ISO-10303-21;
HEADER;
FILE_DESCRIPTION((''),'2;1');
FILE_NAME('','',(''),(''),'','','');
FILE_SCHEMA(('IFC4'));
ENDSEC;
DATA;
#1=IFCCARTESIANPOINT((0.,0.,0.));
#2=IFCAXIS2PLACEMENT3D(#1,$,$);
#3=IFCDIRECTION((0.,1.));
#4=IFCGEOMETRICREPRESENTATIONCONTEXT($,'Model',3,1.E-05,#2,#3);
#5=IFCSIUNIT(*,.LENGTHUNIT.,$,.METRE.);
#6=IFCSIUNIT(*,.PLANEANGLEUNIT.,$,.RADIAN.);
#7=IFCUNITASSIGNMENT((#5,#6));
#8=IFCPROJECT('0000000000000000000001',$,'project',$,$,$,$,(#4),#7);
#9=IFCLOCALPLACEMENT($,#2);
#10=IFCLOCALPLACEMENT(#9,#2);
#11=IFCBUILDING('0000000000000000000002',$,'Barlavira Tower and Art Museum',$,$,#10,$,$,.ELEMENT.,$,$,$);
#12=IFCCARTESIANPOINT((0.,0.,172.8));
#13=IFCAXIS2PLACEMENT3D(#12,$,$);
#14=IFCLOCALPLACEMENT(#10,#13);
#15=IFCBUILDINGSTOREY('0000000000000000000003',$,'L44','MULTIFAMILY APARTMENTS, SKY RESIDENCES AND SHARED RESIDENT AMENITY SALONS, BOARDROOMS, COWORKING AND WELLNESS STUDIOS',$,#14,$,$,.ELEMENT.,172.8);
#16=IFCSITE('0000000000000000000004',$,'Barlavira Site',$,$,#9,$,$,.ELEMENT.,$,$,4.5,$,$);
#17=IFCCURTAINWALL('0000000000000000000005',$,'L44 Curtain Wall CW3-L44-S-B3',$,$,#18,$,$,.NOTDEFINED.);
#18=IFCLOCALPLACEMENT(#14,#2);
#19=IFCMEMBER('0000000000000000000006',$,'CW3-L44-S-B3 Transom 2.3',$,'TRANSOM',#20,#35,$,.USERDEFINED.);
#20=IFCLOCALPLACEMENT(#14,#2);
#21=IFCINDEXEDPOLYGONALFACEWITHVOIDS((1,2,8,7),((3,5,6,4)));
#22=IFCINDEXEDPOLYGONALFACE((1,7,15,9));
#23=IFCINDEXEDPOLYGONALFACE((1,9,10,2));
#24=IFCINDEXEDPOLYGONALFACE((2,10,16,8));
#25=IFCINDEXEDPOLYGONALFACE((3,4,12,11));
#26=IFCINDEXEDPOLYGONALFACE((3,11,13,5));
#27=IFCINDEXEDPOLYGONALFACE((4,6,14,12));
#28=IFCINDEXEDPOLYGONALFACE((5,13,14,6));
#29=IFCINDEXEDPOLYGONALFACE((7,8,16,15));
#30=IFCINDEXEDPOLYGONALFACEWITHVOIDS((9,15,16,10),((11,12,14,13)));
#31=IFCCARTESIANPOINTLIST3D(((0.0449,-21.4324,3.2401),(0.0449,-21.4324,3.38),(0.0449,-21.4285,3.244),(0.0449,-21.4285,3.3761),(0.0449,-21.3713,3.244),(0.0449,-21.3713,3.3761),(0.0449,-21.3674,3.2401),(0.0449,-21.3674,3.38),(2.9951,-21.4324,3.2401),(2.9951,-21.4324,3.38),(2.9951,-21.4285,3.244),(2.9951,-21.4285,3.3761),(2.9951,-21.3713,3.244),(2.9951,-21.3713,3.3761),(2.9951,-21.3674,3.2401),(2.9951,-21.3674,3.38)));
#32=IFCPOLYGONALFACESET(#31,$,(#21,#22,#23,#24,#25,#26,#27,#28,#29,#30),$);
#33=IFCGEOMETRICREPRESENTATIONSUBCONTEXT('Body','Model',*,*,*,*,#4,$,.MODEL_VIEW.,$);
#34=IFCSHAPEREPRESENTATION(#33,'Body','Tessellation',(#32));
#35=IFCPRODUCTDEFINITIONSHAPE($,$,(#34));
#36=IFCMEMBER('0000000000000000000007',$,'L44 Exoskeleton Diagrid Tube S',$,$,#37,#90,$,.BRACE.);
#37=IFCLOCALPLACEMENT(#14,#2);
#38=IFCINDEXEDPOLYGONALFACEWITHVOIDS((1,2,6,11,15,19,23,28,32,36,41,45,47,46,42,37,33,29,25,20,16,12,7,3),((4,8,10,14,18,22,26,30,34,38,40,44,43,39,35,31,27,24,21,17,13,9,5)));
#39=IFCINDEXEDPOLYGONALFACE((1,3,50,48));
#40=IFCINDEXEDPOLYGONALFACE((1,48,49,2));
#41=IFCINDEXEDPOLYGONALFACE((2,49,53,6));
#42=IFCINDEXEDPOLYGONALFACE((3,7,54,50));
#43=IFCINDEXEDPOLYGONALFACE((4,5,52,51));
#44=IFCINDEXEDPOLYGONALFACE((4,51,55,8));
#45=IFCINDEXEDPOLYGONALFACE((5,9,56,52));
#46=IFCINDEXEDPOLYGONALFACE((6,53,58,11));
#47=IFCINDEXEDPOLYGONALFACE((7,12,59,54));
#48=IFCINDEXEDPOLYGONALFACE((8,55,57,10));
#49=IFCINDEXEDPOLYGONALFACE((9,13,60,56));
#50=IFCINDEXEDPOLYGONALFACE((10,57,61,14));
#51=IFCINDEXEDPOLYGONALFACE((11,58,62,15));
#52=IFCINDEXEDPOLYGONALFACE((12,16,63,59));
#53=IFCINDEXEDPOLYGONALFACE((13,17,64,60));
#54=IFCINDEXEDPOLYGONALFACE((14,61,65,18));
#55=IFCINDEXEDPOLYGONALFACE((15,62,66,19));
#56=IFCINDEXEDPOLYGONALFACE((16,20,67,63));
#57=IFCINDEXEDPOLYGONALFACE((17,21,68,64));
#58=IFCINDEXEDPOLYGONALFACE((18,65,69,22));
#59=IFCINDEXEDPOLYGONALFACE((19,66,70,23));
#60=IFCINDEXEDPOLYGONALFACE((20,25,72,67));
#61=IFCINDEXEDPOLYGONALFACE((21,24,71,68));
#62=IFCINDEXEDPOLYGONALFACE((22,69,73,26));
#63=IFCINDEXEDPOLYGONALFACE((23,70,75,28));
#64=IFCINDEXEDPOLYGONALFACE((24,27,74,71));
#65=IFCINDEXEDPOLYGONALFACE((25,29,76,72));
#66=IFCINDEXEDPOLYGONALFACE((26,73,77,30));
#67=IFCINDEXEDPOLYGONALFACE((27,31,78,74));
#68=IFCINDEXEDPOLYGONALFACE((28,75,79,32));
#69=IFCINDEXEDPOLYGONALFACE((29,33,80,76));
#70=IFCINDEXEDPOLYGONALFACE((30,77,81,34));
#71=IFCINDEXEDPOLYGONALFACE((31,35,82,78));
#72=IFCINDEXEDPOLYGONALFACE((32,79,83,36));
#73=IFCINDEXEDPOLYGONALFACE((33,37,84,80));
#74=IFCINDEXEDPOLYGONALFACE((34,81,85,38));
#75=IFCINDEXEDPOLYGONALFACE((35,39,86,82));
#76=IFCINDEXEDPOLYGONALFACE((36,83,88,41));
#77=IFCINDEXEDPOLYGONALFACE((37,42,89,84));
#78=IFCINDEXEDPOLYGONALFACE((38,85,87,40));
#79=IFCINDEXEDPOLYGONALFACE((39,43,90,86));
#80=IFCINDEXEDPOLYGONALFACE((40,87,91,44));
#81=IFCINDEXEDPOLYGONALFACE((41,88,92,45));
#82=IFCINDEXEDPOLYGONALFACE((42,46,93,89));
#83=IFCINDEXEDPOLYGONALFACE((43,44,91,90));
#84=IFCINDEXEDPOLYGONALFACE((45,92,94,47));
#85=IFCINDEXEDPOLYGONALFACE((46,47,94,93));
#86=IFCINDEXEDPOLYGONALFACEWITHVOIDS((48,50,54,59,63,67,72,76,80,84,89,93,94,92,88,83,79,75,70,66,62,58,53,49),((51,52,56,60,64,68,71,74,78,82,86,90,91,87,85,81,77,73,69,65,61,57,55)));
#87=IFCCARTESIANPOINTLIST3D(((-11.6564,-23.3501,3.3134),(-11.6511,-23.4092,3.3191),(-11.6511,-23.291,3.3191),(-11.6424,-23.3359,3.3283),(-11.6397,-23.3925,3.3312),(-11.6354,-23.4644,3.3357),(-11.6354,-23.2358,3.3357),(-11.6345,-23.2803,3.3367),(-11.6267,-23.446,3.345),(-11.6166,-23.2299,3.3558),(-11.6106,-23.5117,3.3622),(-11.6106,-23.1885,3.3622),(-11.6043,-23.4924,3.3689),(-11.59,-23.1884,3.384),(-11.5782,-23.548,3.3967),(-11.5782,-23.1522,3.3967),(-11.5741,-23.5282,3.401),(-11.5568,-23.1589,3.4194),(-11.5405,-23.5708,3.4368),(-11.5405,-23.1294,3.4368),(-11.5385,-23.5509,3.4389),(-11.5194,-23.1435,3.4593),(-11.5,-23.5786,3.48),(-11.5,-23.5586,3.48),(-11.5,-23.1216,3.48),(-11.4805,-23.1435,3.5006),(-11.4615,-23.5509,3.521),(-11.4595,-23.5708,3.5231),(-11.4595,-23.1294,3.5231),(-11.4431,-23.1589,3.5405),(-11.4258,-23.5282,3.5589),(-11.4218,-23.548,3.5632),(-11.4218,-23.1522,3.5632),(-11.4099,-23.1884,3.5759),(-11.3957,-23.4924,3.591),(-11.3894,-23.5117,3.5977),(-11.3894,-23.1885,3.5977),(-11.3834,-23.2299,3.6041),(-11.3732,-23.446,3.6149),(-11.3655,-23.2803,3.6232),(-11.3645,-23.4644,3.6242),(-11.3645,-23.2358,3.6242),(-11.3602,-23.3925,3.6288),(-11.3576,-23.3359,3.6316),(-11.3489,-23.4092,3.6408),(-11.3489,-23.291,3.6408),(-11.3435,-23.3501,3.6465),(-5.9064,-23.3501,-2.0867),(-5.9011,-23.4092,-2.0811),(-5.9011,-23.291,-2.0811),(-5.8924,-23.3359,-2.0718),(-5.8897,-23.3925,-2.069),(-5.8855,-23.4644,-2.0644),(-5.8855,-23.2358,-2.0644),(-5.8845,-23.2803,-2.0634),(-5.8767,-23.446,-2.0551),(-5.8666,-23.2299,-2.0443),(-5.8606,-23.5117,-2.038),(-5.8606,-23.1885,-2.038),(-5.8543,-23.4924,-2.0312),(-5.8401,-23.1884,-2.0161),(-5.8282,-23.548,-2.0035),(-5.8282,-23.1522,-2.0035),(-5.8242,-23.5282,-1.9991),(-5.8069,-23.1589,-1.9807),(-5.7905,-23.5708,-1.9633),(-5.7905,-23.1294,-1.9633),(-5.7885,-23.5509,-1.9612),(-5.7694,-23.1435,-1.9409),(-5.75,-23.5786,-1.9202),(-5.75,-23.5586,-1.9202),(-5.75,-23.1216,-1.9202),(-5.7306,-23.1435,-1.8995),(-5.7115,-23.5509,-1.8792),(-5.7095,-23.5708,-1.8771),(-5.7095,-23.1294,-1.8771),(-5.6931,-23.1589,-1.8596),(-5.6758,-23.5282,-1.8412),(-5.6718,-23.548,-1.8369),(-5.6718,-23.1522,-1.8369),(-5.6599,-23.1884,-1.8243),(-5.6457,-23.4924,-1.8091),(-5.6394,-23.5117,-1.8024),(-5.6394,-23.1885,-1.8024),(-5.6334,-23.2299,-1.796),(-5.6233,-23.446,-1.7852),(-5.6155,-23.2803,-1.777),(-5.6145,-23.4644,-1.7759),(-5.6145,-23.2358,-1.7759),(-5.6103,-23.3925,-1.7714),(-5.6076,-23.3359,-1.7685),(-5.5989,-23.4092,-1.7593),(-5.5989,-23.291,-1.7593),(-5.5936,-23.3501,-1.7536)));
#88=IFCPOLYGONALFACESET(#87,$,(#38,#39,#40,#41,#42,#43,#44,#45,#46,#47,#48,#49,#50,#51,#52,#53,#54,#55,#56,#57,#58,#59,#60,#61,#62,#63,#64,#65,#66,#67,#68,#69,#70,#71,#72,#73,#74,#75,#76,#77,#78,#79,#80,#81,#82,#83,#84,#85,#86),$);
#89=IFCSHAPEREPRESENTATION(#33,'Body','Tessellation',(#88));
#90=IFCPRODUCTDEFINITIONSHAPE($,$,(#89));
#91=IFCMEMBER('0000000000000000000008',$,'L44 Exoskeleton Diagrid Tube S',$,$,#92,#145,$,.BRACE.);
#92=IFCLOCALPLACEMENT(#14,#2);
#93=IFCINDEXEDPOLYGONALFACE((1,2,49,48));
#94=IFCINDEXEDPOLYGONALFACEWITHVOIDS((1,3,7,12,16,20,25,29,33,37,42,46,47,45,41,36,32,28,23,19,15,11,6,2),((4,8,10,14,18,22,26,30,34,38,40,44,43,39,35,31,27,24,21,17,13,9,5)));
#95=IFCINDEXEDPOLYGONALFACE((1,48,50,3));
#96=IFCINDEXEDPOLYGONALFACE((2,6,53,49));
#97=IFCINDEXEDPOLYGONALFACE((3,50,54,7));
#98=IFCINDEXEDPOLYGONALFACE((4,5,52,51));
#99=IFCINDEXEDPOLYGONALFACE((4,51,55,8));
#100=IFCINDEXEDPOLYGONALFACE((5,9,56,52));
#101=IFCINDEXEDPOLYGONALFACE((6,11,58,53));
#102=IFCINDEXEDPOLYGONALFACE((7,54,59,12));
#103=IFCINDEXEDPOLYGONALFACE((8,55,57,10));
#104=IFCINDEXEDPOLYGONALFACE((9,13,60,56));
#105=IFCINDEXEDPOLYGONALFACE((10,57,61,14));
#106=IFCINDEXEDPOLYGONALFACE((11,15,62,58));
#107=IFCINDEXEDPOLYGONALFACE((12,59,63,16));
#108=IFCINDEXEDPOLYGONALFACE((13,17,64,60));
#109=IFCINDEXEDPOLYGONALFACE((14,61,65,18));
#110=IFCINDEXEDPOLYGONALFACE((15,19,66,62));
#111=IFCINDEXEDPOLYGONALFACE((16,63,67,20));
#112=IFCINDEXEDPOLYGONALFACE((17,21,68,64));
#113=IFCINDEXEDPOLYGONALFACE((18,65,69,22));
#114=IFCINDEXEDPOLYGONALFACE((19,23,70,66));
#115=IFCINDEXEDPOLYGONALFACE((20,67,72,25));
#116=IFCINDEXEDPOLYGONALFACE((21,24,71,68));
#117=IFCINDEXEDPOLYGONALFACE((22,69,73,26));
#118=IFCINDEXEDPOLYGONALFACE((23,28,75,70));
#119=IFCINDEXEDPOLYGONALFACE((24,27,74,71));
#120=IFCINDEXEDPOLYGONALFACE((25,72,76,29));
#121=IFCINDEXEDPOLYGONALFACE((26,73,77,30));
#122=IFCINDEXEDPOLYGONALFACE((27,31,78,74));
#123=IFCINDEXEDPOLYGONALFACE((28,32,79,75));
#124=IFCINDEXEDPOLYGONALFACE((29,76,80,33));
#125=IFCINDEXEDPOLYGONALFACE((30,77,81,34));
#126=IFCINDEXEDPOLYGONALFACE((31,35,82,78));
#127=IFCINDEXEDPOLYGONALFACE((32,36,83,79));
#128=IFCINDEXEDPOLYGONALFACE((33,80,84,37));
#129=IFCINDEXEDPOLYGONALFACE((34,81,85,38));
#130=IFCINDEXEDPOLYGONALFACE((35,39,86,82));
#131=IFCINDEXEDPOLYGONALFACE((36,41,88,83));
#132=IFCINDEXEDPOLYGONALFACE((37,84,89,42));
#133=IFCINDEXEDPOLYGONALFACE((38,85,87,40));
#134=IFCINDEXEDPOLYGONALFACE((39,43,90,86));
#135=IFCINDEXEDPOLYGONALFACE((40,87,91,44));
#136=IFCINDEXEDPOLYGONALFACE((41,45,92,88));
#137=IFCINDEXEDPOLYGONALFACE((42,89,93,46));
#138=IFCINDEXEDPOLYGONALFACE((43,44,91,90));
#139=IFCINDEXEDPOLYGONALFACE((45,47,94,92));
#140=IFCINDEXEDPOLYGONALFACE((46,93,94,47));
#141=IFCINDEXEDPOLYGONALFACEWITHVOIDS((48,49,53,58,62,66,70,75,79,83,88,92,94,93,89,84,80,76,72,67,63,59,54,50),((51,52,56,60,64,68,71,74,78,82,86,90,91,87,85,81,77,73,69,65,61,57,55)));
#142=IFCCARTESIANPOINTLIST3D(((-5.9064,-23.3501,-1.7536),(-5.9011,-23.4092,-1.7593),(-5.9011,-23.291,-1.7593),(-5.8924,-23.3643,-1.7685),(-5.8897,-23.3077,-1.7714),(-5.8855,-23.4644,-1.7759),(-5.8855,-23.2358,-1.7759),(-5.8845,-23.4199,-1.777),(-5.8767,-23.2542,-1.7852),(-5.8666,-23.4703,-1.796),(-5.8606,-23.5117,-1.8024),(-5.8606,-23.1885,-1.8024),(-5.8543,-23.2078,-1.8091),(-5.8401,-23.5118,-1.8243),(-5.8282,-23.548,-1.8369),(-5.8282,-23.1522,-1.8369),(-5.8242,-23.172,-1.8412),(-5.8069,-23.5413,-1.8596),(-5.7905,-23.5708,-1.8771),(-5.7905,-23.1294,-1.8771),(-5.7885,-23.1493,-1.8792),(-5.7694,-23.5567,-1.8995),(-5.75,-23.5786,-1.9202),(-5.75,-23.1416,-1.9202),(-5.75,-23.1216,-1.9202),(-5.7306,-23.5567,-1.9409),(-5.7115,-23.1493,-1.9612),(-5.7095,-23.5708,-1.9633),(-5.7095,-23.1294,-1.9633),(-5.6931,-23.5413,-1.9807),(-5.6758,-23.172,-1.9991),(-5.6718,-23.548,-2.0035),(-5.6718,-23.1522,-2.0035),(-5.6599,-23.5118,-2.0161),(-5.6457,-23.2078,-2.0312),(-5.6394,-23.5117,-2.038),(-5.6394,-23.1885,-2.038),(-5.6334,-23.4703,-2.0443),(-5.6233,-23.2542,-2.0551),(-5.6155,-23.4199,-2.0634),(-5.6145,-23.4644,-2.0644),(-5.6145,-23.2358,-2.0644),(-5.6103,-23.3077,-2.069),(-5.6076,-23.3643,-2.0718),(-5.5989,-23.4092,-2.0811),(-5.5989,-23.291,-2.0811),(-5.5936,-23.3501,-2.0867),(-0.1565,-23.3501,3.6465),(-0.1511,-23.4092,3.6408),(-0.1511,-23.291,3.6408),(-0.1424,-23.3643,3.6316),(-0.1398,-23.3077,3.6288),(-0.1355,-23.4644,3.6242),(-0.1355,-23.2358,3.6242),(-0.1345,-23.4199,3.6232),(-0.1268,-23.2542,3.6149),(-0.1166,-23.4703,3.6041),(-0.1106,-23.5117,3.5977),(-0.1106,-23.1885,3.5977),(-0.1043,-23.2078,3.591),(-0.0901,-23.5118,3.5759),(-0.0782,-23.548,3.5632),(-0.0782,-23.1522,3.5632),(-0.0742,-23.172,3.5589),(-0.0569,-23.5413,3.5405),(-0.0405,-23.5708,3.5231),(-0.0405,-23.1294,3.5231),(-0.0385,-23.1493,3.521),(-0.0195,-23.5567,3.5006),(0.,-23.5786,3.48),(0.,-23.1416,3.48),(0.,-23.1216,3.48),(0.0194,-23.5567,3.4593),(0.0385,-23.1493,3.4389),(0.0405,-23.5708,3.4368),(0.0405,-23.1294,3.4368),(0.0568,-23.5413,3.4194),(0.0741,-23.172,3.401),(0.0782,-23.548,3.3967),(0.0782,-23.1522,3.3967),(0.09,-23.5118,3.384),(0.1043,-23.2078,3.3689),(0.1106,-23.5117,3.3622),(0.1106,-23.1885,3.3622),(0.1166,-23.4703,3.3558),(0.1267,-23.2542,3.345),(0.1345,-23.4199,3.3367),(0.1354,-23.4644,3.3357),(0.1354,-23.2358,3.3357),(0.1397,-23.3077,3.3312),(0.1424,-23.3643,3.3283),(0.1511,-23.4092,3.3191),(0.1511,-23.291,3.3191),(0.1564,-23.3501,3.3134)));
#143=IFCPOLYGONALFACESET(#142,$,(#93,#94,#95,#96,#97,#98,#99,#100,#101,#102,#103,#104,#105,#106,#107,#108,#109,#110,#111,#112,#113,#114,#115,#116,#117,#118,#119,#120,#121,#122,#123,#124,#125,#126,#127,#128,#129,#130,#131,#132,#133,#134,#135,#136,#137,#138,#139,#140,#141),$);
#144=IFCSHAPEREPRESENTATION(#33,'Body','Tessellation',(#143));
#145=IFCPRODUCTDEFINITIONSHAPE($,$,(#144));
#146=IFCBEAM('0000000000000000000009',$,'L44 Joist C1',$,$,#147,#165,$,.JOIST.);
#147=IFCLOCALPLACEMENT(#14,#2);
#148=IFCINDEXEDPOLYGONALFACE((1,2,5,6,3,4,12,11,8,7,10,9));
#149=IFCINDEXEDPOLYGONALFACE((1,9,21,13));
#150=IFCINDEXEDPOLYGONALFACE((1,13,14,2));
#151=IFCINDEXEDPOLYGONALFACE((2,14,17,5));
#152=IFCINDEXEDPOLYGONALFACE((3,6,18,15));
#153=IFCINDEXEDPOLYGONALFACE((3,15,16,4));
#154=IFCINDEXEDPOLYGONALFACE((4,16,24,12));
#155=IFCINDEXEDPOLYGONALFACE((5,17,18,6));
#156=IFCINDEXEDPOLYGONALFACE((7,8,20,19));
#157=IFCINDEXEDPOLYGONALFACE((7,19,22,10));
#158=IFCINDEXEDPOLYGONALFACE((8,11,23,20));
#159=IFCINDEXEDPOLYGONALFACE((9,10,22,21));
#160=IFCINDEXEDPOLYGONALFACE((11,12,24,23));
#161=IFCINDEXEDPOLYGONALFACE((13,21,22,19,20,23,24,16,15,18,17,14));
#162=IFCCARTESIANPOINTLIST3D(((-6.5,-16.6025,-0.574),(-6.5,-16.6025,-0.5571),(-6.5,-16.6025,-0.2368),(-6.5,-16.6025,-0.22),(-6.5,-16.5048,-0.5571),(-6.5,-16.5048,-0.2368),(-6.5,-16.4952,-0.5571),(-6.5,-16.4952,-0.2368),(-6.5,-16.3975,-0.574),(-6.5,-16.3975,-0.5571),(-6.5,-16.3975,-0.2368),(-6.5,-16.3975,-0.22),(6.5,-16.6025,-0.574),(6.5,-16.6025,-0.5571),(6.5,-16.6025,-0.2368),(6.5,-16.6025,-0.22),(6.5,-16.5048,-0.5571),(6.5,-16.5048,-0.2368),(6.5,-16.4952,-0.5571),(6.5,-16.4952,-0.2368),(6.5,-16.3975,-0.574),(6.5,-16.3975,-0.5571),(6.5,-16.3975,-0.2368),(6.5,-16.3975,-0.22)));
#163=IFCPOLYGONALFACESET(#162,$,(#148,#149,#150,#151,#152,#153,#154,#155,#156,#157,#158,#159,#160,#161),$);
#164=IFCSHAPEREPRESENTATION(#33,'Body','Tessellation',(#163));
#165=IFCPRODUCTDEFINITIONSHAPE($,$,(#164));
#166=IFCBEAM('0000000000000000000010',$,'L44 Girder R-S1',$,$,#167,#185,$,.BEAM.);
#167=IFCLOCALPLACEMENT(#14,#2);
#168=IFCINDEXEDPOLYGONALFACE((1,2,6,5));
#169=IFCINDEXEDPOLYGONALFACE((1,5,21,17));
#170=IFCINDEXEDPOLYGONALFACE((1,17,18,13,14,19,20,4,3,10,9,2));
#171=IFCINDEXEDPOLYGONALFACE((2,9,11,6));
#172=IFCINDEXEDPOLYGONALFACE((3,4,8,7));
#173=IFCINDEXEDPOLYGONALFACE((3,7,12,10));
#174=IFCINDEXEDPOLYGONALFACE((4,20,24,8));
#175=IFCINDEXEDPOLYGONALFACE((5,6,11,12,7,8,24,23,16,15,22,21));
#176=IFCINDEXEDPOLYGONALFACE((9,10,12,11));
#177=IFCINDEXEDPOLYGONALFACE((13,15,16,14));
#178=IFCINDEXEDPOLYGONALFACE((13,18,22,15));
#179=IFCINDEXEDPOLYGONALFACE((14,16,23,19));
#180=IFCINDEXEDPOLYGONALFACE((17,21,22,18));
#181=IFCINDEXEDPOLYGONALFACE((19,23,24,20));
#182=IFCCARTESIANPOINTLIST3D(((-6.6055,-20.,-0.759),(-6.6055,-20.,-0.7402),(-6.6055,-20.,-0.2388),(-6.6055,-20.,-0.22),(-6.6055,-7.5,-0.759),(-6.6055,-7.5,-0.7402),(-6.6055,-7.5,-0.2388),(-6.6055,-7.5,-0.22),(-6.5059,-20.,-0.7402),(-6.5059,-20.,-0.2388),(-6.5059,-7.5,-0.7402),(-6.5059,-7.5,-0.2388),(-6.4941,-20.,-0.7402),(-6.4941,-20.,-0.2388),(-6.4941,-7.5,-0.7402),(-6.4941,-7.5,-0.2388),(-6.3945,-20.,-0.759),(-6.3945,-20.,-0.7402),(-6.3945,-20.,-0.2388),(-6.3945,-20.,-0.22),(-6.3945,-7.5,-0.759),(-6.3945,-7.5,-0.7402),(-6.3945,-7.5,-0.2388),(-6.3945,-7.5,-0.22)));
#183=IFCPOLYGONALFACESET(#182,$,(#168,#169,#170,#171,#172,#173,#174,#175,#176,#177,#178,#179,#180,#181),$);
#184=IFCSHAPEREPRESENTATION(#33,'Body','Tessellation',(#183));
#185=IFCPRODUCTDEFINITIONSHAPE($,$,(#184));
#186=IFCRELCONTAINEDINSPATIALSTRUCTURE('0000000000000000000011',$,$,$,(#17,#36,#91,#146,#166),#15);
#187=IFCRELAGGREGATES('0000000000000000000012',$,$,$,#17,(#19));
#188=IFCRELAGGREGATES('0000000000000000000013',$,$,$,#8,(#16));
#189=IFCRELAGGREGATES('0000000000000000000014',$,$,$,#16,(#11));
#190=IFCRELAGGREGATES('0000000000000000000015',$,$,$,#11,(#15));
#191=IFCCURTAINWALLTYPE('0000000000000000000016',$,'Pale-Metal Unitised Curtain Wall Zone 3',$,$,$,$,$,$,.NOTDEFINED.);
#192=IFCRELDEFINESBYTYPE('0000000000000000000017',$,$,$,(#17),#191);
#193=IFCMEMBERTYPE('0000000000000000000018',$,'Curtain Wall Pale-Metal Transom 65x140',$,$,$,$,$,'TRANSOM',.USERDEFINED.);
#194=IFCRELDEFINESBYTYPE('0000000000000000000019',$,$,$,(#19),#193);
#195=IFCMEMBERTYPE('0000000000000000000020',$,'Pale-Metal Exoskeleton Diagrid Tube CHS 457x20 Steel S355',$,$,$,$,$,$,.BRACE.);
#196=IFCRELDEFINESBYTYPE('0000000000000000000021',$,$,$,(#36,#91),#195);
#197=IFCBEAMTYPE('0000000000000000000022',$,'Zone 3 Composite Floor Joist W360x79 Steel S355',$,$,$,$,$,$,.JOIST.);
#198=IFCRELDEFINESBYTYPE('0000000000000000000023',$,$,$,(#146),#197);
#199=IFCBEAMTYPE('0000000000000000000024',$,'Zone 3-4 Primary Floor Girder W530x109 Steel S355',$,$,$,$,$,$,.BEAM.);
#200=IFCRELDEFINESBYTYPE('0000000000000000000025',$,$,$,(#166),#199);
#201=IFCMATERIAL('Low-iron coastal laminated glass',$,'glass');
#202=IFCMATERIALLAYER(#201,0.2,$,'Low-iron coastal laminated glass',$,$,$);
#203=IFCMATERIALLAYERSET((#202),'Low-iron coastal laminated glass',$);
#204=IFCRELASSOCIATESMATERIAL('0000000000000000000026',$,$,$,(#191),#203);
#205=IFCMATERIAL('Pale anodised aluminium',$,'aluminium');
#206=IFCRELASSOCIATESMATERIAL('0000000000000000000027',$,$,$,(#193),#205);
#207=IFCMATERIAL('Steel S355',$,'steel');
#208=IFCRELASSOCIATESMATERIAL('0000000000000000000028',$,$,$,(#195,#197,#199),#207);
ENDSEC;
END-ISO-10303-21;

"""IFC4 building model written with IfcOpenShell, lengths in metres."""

from ifc_helpers import new_model, si_unit, direction, frame, origin, origin_2d, place, context, subcontext, project, spatial, hollow_rectangle, hollow_circle, i_section, extrude, material, layer, layer_set, material_profile, profile_set, type_object, element, aggregate, save


model = new_model("IFC4")

# Units and contexts
model_context = context("Model", 3, precision=1e-05, world=origin(), true_north=direction((0.0, 1.0)))
body_context = subcontext(model_context, "Body", "Model", "MODEL_VIEW")
ifc_project = project(units=[si_unit("LENGTHUNIT", "METRE"), si_unit("PLANEANGLEUNIT", "RADIAN")], contexts=[model_context])

# Site, building, storey
site_placement = place(None, origin())
site = spatial("IfcSite", under=ifc_project, at=site_placement, Name="Barlavira Site", CompositionType="ELEMENT", RefElevation=4.5)
building_placement = place(site_placement, origin())
building = spatial("IfcBuilding", under=site, at=building_placement, Name="Barlavira Tower and Art Museum", CompositionType="ELEMENT")
storey_placement = place(building_placement, frame((0.0, 0.0, 172.8)))
storey = spatial("IfcBuildingStorey", under=building, at=storey_placement, Name="L44", Description="MULTIFAMILY APARTMENTS, SKY RESIDENCES AND SHARED RESIDENT AMENITY SALONS, BOARDROOMS, COWORKING AND WELLNESS STUDIOS", CompositionType="ELEMENT", Elevation=172.8)

# Curtain wall, member
ifc_material_1 = material(Name="Low-iron coastal laminated glass", Category="glass")
ifc_layer_1 = layer(ifc_material_1, 0.2, Name="Low-iron coastal laminated glass")
ifc_layer_set_1 = layer_set([ifc_layer_1], Name="Low-iron coastal laminated glass")
curtain_wall_type = type_object("IfcCurtainWallType", Name="Pale-Metal Unitised Curtain Wall Zone 3", PredefinedType="NOTDEFINED", material=ifc_layer_set_1)
curtain_wall_placement = place(storey_placement, origin())
curtain_wall = element("IfcCurtainWall", 1, at=curtain_wall_placement, inside=storey, type_object=curtain_wall_type, Name="L44 Curtain Wall CW3-L44-S-B3", PredefinedType="NOTDEFINED")
ifc_material_2 = material(Name="Pale anodised aluminium", Category="aluminium")
ifc_material_profile_1 = material_profile(ifc_material_2, hollow_rectangle(XDim=0.0649, YDim=0.1399, WallThickness=0.0039, at=origin_2d()), Name="ALU-TRAN 65x140x4")
ifc_profile_set_1 = profile_set([ifc_material_profile_1], Name="Pale anodised aluminium")
member_type_1 = type_object("IfcMemberType", Name="Curtain Wall Pale-Metal Transom 65x140", ElementType="TRANSOM", PredefinedType="USERDEFINED", material=ifc_profile_set_1)
member_1_placement = place(storey_placement, frame((0.0449, -21.3999, 3.3101), z_axis=(1.0, 0.0, 0.0), x_axis=(0.0, 1.0, 0.0)))
member_1 = element("IfcMember", 2, at=member_1_placement, type_object=member_type_1, Name="CW3-L44-S-B3 Transom 2.3", ObjectType="TRANSOM", PredefinedType="USERDEFINED", context=body_context, shape_type="SweptSolid", body=[
    extrude(hollow_rectangle(XDim=0.0649, YDim=0.1399, WallThickness=0.0039, at=origin_2d()), origin(), (0.0, 0.0, 1.0), 2.9502),
])

# Members
ifc_material_3 = material(Name="Steel S355", Category="steel")
ifc_material_profile_2 = material_profile(ifc_material_3, hollow_circle(Radius=0.2285, WallThickness=0.02, at=origin_2d()), Name="CHS 457.0x20.0")
ifc_profile_set_2 = profile_set([ifc_material_profile_2], Name="Steel S355")
member_type_2 = type_object("IfcMemberType", Name="Pale-Metal Exoskeleton Diagrid Tube CHS 457x20 Steel S355", PredefinedType="BRACE", material=ifc_profile_set_2)
for number, where, z_axis, x_axis, name in (
    (3, (-5.75, -23.3501, -1.9202), (-0.728935, 0.0, 0.684583), (0.0, -1.0, 0.0), "L44 Exoskeleton Diagrid Tube S"),
    (4, (-5.75, -23.3501, -1.9202), (0.728935, 0.0, 0.684583), (0.0, 1.0, 0.0), "L44 Exoskeleton Diagrid Tube S"),
):
    element("IfcMember", number, at=place(storey_placement, frame(where, z_axis=z_axis, x_axis=x_axis)), inside=storey, type_object=member_type_2, Name=name, PredefinedType="BRACE", context=body_context, shape_type="SweptSolid", body=[
        extrude(hollow_circle(Radius=0.2285, WallThickness=0.02, at=origin_2d()), origin(), (0.0, 0.0, 1.0), 7.8882),
    ])

# Beams
ifc_material_profile_3 = material_profile(ifc_material_3, i_section(OverallWidth=0.2051, OverallDepth=0.354, WebThickness=0.0095, FlangeThickness=0.0168, at=origin_2d()), Name="W360x79.0")
ifc_profile_set_3 = profile_set([ifc_material_profile_3], Name="Steel S355")
beam_type_1 = type_object("IfcBeamType", Name="Zone 3 Composite Floor Joist W360x79 Steel S355", PredefinedType="JOIST", material=ifc_profile_set_3)
beam_1_placement = place(storey_placement, frame((-6.5, -16.5, -0.397), z_axis=(1.0, 0.0, 0.0), x_axis=(0.0, 1.0, 0.0)))
element("IfcBeam", 5, at=beam_1_placement, inside=storey, type_object=beam_type_1, Name="L44 Joist C1", PredefinedType="JOIST", context=body_context, shape_type="SweptSolid", body=[
    extrude(i_section(OverallWidth=0.2051, OverallDepth=0.354, WebThickness=0.0095, FlangeThickness=0.0168, at=origin_2d()), origin(), (0.0, 0.0, 1.0), 13.0),
])
ifc_material_profile_4 = material_profile(ifc_material_3, i_section(OverallWidth=0.2109, OverallDepth=0.5391, WebThickness=0.0117, FlangeThickness=0.0188, at=origin_2d()), Name="W530x109.0")
ifc_profile_set_4 = profile_set([ifc_material_profile_4], Name="Steel S355")
beam_type_2 = type_object("IfcBeamType", Name="Zone 3-4 Primary Floor Girder W530x109 Steel S355", PredefinedType="BEAM", material=ifc_profile_set_4)
beam_2_placement = place(storey_placement, frame((-6.5, -20.0, -0.4895), z_axis=(0.0, 1.0, 0.0), x_axis=(-1.0, 0.0, 0.0)))
element("IfcBeam", 6, at=beam_2_placement, inside=storey, type_object=beam_type_2, Name="L44 Girder R-S1", PredefinedType="BEAM", context=body_context, shape_type="SweptSolid", body=[
    extrude(i_section(OverallWidth=0.2109, OverallDepth=0.5391, WebThickness=0.0117, FlangeThickness=0.0188, at=origin_2d()), origin(), (0.0, 0.0, 1.0), 12.5),
])

aggregate(curtain_wall, [member_1])

save(model, "model.ifc")
